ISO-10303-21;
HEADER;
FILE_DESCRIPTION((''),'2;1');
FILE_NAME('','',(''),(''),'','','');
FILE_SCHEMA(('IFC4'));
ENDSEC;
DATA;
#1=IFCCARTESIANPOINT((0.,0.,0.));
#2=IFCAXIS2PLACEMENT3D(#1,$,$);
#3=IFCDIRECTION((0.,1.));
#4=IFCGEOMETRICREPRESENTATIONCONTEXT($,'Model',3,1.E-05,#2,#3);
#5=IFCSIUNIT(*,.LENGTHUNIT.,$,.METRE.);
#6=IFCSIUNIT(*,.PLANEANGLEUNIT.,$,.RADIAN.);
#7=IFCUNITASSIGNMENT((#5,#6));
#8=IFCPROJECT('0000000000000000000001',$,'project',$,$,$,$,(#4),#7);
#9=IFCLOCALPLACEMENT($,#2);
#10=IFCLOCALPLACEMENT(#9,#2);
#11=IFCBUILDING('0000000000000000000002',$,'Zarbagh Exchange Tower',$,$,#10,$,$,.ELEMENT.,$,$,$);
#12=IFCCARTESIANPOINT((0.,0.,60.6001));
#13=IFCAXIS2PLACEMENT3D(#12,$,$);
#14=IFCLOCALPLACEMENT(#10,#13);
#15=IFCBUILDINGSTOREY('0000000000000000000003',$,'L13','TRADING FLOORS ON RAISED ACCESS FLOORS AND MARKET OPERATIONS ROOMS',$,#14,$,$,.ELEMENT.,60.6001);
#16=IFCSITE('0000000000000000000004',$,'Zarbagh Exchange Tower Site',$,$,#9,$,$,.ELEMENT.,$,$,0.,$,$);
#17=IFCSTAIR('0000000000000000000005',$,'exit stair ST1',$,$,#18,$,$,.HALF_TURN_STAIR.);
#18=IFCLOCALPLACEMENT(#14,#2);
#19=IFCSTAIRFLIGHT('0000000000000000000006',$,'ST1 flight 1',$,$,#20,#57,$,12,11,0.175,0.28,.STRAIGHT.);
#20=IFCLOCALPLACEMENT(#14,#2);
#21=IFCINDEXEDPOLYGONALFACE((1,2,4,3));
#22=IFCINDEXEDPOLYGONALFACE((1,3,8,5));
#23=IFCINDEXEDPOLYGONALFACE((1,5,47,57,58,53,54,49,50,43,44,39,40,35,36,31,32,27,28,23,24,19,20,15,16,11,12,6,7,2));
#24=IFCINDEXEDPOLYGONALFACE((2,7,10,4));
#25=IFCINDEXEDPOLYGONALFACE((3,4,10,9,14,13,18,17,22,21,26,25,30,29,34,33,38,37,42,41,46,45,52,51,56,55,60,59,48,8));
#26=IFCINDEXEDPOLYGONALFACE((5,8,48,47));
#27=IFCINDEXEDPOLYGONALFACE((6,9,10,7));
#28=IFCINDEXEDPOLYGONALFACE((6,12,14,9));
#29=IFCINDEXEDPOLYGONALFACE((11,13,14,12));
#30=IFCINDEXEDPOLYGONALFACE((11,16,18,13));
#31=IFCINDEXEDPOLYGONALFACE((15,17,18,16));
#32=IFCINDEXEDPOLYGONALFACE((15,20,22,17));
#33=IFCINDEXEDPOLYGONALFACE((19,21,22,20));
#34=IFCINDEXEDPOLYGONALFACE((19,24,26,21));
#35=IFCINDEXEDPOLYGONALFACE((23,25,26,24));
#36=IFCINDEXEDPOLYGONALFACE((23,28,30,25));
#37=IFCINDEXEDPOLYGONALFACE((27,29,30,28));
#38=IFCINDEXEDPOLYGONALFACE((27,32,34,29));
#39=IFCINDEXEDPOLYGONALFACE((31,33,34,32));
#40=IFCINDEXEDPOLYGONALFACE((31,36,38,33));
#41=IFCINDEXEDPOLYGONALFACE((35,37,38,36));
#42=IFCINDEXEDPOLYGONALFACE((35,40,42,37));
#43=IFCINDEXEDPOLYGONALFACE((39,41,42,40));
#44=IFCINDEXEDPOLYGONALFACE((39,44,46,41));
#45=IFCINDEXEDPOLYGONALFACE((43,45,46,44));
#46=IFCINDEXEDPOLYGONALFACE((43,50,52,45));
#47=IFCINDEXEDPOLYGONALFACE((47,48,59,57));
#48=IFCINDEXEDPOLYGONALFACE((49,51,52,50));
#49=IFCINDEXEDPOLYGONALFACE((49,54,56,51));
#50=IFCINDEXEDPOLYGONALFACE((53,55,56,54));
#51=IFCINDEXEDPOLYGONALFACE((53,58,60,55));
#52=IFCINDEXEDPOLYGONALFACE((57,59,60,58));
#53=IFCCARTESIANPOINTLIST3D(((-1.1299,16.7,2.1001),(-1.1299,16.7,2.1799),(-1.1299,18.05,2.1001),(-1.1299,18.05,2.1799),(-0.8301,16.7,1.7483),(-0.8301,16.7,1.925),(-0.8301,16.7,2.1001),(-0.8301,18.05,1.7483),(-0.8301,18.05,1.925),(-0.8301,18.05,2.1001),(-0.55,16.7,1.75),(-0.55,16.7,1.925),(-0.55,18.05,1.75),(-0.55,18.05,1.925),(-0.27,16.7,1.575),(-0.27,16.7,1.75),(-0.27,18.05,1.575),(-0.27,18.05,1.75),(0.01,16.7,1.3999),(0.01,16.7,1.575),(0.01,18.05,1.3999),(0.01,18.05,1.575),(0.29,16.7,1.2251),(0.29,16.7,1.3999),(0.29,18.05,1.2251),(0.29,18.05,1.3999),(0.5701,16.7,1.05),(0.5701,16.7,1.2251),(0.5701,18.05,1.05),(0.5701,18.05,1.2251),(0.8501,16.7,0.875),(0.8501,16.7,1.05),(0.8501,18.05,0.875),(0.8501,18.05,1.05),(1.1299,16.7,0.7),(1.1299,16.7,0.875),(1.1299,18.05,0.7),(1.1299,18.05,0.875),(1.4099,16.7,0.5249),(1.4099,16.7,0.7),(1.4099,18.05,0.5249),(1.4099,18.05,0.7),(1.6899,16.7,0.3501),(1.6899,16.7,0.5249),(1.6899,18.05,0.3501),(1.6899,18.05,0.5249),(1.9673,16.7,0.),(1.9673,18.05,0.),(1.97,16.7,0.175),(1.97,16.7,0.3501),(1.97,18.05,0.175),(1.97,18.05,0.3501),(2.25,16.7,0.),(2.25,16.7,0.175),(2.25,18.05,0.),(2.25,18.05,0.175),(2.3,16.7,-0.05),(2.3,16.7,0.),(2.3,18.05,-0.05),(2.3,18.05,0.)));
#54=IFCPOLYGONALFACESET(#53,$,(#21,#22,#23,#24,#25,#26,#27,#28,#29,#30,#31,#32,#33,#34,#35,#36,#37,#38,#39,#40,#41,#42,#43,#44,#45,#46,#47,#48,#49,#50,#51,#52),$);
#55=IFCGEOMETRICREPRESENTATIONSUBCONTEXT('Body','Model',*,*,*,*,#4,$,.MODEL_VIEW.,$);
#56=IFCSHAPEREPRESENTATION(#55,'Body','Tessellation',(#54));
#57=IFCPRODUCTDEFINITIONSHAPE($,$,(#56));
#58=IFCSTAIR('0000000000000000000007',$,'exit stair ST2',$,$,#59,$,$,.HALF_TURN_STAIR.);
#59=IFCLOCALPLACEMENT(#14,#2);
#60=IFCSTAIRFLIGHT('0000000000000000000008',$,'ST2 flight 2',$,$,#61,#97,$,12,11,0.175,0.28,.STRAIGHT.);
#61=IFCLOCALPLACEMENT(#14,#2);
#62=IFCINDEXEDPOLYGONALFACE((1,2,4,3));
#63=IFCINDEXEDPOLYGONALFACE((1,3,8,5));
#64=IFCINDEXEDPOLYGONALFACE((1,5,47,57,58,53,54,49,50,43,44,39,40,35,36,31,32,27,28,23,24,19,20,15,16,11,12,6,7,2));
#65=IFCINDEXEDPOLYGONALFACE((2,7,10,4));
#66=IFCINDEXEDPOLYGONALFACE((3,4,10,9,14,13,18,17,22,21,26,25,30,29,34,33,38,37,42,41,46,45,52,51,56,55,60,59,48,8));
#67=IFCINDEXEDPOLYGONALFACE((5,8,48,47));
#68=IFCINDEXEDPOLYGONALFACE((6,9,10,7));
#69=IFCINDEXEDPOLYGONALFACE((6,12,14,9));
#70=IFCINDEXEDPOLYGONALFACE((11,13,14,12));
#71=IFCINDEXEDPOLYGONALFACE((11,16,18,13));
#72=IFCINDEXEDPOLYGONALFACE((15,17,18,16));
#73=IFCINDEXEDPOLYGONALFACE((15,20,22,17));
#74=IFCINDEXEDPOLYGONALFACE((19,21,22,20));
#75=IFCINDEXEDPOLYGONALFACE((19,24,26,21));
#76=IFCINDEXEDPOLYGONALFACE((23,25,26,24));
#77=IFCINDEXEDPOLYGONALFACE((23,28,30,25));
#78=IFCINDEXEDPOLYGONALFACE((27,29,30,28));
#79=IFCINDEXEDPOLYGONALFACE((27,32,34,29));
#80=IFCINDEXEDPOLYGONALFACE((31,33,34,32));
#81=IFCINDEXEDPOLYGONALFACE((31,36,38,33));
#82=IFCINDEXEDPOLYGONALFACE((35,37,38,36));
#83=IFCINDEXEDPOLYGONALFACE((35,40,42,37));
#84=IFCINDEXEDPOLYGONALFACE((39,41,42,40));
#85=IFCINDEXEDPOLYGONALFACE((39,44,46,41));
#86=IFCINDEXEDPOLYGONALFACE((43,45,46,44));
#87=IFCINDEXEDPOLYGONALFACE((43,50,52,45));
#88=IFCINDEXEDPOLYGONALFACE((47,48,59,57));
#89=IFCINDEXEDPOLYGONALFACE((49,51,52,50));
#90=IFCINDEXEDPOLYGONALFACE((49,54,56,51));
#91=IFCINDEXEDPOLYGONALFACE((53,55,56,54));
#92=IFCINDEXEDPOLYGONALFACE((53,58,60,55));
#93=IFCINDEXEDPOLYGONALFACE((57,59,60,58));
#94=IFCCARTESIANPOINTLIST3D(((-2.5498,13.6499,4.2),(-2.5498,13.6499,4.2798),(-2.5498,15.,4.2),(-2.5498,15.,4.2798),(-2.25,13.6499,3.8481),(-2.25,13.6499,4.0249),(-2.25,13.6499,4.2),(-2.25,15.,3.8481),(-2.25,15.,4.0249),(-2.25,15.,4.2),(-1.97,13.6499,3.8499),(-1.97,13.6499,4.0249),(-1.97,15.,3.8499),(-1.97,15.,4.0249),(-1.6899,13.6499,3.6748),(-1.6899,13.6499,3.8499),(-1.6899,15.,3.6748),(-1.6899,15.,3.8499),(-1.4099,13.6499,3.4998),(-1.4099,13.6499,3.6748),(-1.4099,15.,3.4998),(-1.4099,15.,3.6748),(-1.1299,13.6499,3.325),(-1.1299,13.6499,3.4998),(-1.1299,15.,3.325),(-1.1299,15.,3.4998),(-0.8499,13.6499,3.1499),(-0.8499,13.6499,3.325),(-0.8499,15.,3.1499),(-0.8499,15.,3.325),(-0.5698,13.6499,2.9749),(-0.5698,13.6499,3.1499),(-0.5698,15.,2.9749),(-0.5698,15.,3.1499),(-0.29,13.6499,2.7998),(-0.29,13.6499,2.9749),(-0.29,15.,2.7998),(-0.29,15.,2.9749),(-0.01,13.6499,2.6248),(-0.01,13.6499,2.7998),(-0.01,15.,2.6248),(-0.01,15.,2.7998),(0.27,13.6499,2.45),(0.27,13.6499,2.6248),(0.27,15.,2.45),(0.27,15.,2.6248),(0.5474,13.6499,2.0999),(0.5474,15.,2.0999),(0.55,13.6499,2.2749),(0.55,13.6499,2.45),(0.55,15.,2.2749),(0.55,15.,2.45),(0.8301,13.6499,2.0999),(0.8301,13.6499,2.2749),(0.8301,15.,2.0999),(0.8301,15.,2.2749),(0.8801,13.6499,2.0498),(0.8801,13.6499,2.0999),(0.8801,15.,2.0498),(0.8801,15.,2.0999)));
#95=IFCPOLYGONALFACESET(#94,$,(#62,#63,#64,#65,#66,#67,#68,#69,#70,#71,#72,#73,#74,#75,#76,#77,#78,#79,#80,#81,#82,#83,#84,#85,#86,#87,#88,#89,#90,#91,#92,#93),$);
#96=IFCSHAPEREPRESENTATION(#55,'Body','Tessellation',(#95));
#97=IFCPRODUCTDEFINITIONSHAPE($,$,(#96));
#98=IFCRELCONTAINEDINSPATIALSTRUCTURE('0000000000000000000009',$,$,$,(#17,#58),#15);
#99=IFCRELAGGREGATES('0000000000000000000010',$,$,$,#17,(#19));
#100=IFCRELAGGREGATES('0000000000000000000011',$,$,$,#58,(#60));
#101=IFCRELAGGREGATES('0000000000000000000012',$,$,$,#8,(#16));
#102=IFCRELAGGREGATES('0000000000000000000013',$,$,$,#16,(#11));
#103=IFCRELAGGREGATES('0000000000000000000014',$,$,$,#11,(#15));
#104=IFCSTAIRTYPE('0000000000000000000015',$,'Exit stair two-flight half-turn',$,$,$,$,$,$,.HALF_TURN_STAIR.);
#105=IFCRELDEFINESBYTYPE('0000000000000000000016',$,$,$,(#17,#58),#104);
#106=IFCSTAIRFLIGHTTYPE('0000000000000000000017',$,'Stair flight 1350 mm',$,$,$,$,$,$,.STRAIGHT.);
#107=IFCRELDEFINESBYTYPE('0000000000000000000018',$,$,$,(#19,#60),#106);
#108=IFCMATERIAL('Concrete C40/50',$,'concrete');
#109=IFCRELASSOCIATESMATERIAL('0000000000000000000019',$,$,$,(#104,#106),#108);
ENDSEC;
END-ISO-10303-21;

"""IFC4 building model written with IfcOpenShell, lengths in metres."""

from ifc_helpers import new_model, si_unit, direction, frame, origin, place, context, subcontext, project, spatial, polyline, outline, extrude, material, type_object, element, aggregate, save


model = new_model("IFC4")

# Units and contexts
model_context = context("Model", 3, precision=1e-05, world=origin(), true_north=direction((0.0, 1.0)))
body_context = subcontext(model_context, "Body", "Model", "MODEL_VIEW")
ifc_project = project(units=[si_unit("LENGTHUNIT", "METRE"), si_unit("PLANEANGLEUNIT", "RADIAN")], contexts=[model_context])

# Site, building, storey
site_placement = place(None, origin())
site = spatial("IfcSite", under=ifc_project, at=site_placement, Name="Zarbagh Exchange Tower Site", CompositionType="ELEMENT", RefElevation=0.0)
building_placement = place(site_placement, origin())
building = spatial("IfcBuilding", under=site, at=building_placement, Name="Zarbagh Exchange Tower", CompositionType="ELEMENT")
storey_placement = place(building_placement, frame((0.0, 0.0, 60.6001)))
storey = spatial("IfcBuildingStorey", under=building, at=storey_placement, Name="L13", Description="TRADING FLOORS ON RAISED ACCESS FLOORS AND MARKET OPERATIONS ROOMS", CompositionType="ELEMENT", Elevation=60.6001)

# Shared definitions
ifc_material_1 = material(Name="Concrete C40/50", Category="concrete")

# Stairs, stair flights
stair_type = type_object("IfcStairType", Name="Exit stair two-flight half-turn", PredefinedType="HALF_TURN_STAIR", material=ifc_material_1)
stair_1_placement = place(storey_placement, origin())
stair_1 = element("IfcStair", 1, at=stair_1_placement, inside=storey, type_object=stair_type, Name="exit stair ST1", PredefinedType="HALF_TURN_STAIR")
stair_flight_type = type_object("IfcStairFlightType", Name="Stair flight 1350 mm", PredefinedType="STRAIGHT", material=ifc_material_1)
stair_flight_1_placement = place(storey_placement, frame((2.25, 17.375, 0.0), z_axis=(0.0, 0.0, 1.0), x_axis=(-1.0, 0.0, 0.0)))
stair_flight_1 = element("IfcStairFlight", 2, at=stair_flight_1_placement, type_object=stair_flight_type, Name="ST1 flight 1", NumberOfRisers=12, NumberOfTreads=11, PredefinedType="STRAIGHT", RiserHeight=0.175, TreadLength=0.28, context=body_context, shape_type="SweptSolid", body=[
    extrude(outline(polyline([(-0.05, -0.05), (-0.05, 0.0), (0.0, 0.0), (0.0, 0.175), (0.28, 0.175), (0.28, 0.3501), (0.5601, 0.3501), (0.5601, 0.5249), (0.8401, 0.5249), (0.8401, 0.7), (1.1201, 0.7), (1.1201, 0.875), (1.3999, 0.875), (1.3999, 1.05), (1.6799, 1.05), (1.6799, 1.2251), (1.96, 1.2251), (1.96, 1.3999), (2.24, 1.3999), (2.24, 1.575), (2.52, 1.575), (2.52, 1.75), (2.8, 1.75), (2.8, 1.925), (3.0801, 1.925), (3.0801, 2.1001), (3.3799, 2.1799), (3.3799, 2.1001), (3.0801, 1.7483), (0.2827, 0.0), (-0.05, -0.05)])), frame((0.0, 0.675, 0.0), z_axis=(0.0, -1.0, 0.0), x_axis=(1.0, 0.0, 0.0)), (0.0, 0.0, 1.0), 1.3501),
])
aggregate(stair_1, [stair_flight_1])
stair_2_placement = place(storey_placement, origin())
stair_2 = element("IfcStair", 3, at=stair_2_placement, inside=storey, type_object=stair_type, Name="exit stair ST2", PredefinedType="HALF_TURN_STAIR")
stair_flight_2_placement = place(storey_placement, frame((0.8301, 14.325, 2.0999), z_axis=(0.0, 0.0, 1.0), x_axis=(-1.0, 0.0, 0.0)))
stair_flight_2 = element("IfcStairFlight", 4, at=stair_flight_2_placement, type_object=stair_flight_type, Name="ST2 flight 2", NumberOfRisers=12, NumberOfTreads=11, PredefinedType="STRAIGHT", RiserHeight=0.175, TreadLength=0.28, context=body_context, shape_type="SweptSolid", body=[
    extrude(outline(polyline([(-0.05, -0.05), (-0.05, 0.0), (0.0, 0.0), (0.0, 0.175), (0.28, 0.175), (0.28, 0.3501), (0.5601, 0.3501), (0.5601, 0.5249), (0.8401, 0.5249), (0.8401, 0.7), (1.1201, 0.7), (1.1201, 0.875), (1.3999, 0.875), (1.3999, 1.05), (1.6799, 1.05), (1.6799, 1.2251), (1.96, 1.2251), (1.96, 1.3999), (2.24, 1.3999), (2.24, 1.575), (2.52, 1.575), (2.52, 1.75), (2.8, 1.75), (2.8, 1.925), (3.0801, 1.925), (3.0801, 2.1001), (3.3799, 2.1799), (3.3799, 2.1001), (3.0801, 1.7483), (0.2827, 0.0), (-0.05, -0.05)])), frame((0.0, 0.675, 0.0), z_axis=(0.0, -1.0, 0.0), x_axis=(1.0, 0.0, 0.0)), (0.0, 0.0, 1.0), 1.3501),
])
aggregate(stair_2, [stair_flight_2])

save(model, "model.ifc")
